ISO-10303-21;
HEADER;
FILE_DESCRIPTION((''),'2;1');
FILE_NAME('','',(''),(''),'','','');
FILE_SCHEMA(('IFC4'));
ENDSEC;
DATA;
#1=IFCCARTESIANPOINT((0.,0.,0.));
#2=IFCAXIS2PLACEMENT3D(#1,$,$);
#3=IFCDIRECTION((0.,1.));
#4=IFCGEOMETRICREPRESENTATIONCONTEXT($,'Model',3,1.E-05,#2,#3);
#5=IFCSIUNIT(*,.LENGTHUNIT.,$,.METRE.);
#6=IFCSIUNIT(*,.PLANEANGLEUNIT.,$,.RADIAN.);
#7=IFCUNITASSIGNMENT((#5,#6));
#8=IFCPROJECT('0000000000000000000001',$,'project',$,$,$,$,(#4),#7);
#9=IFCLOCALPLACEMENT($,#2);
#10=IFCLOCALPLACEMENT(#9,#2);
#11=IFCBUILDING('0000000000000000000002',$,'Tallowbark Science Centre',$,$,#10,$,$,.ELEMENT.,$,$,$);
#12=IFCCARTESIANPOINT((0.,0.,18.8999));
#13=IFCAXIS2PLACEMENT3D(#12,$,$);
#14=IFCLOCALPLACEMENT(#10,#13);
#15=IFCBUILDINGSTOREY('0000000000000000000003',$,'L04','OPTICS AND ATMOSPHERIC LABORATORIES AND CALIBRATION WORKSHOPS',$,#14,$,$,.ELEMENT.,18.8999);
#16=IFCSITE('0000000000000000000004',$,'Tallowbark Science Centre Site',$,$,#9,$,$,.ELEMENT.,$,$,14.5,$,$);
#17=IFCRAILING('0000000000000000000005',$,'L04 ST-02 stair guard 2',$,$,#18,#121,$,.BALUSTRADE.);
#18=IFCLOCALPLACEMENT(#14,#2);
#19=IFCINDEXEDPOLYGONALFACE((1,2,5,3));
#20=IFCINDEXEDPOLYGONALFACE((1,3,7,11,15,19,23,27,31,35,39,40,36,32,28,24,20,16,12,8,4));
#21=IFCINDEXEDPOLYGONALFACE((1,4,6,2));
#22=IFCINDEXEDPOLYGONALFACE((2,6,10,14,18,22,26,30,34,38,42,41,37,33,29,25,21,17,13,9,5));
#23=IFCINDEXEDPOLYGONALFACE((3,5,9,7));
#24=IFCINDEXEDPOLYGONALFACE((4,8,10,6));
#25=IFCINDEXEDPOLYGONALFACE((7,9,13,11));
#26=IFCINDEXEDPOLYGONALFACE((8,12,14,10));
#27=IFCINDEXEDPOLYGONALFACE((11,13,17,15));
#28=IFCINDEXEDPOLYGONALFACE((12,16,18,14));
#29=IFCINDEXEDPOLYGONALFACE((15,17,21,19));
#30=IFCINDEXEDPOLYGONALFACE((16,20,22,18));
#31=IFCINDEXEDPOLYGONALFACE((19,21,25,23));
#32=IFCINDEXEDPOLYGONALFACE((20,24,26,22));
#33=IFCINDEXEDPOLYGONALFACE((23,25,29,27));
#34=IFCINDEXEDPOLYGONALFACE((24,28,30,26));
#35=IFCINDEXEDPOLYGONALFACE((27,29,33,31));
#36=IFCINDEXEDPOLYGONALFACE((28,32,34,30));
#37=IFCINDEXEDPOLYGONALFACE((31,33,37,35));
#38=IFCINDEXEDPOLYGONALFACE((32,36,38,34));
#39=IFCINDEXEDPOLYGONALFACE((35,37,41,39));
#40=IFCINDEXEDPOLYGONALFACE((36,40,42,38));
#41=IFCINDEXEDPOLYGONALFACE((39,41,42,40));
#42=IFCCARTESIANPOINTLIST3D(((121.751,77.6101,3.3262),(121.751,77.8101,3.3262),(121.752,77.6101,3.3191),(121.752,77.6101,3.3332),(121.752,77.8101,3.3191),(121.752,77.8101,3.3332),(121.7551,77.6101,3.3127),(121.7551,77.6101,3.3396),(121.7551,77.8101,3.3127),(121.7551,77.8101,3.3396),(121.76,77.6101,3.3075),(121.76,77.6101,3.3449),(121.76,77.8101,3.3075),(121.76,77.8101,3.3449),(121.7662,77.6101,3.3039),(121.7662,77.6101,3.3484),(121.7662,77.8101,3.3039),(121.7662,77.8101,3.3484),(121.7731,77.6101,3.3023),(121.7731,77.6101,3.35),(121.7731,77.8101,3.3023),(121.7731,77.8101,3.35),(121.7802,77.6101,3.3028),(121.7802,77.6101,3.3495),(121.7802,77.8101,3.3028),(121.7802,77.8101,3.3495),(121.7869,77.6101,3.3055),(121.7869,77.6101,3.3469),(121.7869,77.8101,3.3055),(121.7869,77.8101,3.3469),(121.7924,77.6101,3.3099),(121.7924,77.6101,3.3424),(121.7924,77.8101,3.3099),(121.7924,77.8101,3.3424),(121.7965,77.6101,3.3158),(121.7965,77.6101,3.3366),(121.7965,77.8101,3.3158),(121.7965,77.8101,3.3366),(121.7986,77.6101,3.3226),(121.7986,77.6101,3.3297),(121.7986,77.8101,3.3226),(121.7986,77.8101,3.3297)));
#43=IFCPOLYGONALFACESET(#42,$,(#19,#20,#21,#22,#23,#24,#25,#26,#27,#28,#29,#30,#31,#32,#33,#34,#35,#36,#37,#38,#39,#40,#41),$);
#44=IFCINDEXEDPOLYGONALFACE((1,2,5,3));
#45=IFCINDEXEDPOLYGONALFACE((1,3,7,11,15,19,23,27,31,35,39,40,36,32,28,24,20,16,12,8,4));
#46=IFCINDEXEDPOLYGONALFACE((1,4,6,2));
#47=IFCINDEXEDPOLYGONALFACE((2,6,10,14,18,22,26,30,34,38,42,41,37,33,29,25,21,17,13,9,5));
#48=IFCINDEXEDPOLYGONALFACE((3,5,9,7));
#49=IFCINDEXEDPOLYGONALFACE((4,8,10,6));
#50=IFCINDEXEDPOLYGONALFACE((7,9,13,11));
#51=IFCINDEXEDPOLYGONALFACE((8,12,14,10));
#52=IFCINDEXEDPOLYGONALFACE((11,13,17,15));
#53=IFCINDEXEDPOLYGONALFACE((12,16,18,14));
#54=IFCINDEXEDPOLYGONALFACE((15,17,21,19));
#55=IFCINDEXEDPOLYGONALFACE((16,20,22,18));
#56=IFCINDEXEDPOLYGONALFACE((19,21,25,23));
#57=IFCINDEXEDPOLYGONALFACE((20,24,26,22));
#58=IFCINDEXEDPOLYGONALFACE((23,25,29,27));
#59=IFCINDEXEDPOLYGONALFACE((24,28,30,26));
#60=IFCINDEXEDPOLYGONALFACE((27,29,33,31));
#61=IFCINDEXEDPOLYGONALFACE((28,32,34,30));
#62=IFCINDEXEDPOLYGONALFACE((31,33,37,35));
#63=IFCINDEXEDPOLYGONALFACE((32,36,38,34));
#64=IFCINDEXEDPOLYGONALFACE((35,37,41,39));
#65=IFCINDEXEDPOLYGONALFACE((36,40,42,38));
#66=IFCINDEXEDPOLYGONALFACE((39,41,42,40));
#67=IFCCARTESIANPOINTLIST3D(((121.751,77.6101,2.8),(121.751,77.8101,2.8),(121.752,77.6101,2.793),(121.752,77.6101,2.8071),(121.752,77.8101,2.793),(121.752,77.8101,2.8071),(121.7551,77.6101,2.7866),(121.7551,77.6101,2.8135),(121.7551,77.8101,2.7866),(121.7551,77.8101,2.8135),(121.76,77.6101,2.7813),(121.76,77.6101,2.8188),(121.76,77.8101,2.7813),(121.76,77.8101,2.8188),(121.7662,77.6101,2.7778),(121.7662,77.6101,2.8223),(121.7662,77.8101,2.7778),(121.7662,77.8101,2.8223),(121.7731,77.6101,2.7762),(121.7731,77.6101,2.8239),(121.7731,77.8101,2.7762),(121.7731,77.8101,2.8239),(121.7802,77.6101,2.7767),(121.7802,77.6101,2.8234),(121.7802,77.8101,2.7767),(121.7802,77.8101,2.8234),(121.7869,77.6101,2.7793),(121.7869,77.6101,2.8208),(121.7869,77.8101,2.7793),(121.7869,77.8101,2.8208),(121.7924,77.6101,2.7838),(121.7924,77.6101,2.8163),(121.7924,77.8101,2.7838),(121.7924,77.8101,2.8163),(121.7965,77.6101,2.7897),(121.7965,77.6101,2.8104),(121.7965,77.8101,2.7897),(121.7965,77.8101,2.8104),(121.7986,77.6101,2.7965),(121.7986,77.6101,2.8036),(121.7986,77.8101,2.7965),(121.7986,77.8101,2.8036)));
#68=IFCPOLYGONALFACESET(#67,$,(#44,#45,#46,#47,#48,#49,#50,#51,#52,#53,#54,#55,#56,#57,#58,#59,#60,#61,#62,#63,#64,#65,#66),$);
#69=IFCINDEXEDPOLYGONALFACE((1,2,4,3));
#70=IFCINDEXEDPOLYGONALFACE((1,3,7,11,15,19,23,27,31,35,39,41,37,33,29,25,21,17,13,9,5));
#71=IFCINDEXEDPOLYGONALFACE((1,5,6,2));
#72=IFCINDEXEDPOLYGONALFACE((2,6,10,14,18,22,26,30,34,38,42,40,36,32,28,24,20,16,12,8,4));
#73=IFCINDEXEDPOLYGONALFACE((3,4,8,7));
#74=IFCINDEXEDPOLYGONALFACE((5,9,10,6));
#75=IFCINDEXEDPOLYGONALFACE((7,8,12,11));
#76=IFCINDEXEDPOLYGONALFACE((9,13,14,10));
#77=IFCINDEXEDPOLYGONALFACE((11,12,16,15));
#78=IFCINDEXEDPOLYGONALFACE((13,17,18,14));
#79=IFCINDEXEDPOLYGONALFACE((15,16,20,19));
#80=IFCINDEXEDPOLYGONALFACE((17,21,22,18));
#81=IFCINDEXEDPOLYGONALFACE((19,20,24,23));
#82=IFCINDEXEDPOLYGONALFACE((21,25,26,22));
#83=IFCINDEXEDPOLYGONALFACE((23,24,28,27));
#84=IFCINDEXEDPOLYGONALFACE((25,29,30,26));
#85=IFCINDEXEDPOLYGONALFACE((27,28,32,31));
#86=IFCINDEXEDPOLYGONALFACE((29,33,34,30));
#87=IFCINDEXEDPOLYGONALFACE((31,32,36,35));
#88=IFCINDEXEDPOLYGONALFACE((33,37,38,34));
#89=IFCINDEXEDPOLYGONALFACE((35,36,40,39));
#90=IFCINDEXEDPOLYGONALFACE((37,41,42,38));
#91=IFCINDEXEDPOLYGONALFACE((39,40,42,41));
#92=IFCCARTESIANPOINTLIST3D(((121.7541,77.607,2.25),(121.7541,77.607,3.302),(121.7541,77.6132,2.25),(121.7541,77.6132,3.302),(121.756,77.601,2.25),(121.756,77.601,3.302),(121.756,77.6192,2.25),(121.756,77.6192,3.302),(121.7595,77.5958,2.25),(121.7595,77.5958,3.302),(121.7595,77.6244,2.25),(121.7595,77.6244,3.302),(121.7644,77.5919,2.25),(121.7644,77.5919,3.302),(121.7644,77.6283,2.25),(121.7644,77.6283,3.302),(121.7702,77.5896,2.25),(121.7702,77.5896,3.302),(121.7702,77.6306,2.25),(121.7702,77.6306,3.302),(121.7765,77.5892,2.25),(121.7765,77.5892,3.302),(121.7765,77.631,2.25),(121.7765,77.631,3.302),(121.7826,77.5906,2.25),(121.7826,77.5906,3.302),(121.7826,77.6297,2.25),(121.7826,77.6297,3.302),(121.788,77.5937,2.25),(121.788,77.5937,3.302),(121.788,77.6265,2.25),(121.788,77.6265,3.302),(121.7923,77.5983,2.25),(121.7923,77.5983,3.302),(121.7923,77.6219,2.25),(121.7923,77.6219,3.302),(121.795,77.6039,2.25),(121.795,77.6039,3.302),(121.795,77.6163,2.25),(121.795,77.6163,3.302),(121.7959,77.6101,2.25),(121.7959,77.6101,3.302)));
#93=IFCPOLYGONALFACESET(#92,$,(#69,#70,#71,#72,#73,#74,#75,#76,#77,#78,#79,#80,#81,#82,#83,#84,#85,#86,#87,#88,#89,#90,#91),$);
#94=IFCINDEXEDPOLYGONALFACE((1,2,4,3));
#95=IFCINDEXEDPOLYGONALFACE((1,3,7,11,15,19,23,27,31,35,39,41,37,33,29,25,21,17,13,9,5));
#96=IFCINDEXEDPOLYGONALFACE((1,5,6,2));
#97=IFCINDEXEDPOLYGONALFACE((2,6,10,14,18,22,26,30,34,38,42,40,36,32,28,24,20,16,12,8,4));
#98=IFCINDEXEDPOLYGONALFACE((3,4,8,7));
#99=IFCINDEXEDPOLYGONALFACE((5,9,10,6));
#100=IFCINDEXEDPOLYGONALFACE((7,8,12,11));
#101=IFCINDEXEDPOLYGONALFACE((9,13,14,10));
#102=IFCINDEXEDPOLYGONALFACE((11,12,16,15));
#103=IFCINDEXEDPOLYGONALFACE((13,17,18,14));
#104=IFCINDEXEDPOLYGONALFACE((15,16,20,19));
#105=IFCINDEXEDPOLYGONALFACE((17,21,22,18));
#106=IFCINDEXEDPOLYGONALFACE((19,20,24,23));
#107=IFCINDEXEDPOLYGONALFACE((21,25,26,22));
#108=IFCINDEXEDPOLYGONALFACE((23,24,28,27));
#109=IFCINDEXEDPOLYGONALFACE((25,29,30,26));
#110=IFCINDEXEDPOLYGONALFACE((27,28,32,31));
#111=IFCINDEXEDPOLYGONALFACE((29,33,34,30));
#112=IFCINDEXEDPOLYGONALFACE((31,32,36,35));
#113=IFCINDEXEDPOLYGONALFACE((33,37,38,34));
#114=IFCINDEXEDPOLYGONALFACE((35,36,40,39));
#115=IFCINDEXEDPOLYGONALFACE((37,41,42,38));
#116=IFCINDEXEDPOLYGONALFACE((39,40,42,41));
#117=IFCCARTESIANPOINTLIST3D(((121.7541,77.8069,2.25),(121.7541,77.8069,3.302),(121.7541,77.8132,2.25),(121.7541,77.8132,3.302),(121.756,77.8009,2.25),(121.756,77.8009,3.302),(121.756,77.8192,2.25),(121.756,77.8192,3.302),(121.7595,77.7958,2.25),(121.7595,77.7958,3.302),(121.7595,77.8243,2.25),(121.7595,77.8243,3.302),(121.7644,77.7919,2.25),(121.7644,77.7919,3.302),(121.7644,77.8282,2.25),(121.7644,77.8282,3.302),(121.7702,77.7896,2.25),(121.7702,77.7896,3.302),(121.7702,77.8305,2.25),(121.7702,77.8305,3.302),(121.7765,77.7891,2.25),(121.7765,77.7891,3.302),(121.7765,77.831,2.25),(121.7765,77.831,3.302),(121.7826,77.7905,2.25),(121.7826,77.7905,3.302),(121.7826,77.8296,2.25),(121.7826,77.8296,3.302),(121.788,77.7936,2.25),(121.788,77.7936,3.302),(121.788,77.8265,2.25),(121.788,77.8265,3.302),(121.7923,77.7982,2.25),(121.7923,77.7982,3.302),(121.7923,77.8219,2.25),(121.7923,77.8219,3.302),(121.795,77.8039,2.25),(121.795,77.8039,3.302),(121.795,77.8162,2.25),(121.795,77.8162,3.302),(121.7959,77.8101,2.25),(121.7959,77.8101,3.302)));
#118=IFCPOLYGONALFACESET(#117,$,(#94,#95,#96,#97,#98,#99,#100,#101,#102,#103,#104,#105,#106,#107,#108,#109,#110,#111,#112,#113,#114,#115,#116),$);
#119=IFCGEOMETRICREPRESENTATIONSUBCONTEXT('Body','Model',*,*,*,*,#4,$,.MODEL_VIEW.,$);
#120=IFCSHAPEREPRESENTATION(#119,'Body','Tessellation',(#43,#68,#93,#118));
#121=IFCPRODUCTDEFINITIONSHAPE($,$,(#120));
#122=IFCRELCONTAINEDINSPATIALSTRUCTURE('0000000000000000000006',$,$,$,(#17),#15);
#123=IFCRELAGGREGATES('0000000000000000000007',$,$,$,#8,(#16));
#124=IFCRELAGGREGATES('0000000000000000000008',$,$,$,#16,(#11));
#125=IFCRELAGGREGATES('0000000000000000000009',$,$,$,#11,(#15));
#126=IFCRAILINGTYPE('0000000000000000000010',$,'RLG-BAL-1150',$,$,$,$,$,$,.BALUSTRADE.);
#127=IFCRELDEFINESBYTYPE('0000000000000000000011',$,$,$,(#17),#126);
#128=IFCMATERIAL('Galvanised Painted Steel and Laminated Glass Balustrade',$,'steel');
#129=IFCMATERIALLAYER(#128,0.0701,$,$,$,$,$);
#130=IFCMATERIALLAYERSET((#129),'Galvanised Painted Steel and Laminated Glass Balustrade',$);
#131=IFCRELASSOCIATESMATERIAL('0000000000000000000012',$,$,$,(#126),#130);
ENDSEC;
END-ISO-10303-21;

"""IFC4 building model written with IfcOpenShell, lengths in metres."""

from ifc_helpers import new_model, si_unit, direction, frame, origin, origin_2d, place, context, subcontext, project, spatial, circle, extrude, material, layer, layer_set, type_object, element, save


model = new_model("IFC4")

# Units and contexts
model_context = context("Model", 3, precision=1e-05, world=origin(), true_north=direction((0.0, 1.0)))
body_context = subcontext(model_context, "Body", "Model", "MODEL_VIEW")
ifc_project = project(units=[si_unit("LENGTHUNIT", "METRE"), si_unit("PLANEANGLEUNIT", "RADIAN")], contexts=[model_context])

# Site, building, storey
site_placement = place(None, origin())
site = spatial("IfcSite", under=ifc_project, at=site_placement, Name="Tallowbark Science Centre Site", CompositionType="ELEMENT", RefElevation=14.5)
building_placement = place(site_placement, origin())
building = spatial("IfcBuilding", under=site, at=building_placement, Name="Tallowbark Science Centre", CompositionType="ELEMENT")
storey_placement = place(building_placement, frame((0.0, 0.0, 18.8999)))
storey = spatial("IfcBuildingStorey", under=building, at=storey_placement, Name="L04", Description="OPTICS AND ATMOSPHERIC LABORATORIES AND CALIBRATION WORKSHOPS", CompositionType="ELEMENT", Elevation=18.8999)

# Railing
ifc_material_1 = material(Name="Galvanised Painted Steel and Laminated Glass Balustrade", Category="steel")
ifc_layer_1 = layer(ifc_material_1, 0.0701)
ifc_layer_set_1 = layer_set([ifc_layer_1], Name="Galvanised Painted Steel and Laminated Glass Balustrade")
railing_type_1 = type_object("IfcRailingType", Name="RLG-BAL-1150", PredefinedType="BALUSTRADE", material=ifc_layer_set_1)
railing_1_placement = place(storey_placement, frame((121.7749, 77.6101, 2.25)))
element("IfcRailing", 1, at=railing_1_placement, inside=storey, type_object=railing_type_1, Name="L04 ST-02 stair guard 2", PredefinedType="BALUSTRADE", context=body_context, shape_type="SweptSolid", body=[
    extrude(circle(Radius=0.0239, at=origin_2d()), frame((0.0, 0.0, 1.0762), z_axis=(0.0, 1.0, 0.0), x_axis=(-1.0, 0.0, 0.0)), (0.0, 0.0, 1.0), 0.2),
    extrude(circle(Radius=0.0239, at=origin_2d()), frame((0.0, 0.0, 0.55), z_axis=(0.0, 1.0, 0.0), x_axis=(-1.0, 0.0, 0.0)), (0.0, 0.0, 1.0), 0.2),
    extrude(circle(Radius=0.021, at=origin_2d()), origin(), (0.0, 0.0, 1.0), 1.052),
    extrude(circle(Radius=0.021, at=origin_2d()), frame((0.0, 0.2, 0.0)), (0.0, 0.0, 1.0), 1.052),
])

save(model, "model.ifc")
